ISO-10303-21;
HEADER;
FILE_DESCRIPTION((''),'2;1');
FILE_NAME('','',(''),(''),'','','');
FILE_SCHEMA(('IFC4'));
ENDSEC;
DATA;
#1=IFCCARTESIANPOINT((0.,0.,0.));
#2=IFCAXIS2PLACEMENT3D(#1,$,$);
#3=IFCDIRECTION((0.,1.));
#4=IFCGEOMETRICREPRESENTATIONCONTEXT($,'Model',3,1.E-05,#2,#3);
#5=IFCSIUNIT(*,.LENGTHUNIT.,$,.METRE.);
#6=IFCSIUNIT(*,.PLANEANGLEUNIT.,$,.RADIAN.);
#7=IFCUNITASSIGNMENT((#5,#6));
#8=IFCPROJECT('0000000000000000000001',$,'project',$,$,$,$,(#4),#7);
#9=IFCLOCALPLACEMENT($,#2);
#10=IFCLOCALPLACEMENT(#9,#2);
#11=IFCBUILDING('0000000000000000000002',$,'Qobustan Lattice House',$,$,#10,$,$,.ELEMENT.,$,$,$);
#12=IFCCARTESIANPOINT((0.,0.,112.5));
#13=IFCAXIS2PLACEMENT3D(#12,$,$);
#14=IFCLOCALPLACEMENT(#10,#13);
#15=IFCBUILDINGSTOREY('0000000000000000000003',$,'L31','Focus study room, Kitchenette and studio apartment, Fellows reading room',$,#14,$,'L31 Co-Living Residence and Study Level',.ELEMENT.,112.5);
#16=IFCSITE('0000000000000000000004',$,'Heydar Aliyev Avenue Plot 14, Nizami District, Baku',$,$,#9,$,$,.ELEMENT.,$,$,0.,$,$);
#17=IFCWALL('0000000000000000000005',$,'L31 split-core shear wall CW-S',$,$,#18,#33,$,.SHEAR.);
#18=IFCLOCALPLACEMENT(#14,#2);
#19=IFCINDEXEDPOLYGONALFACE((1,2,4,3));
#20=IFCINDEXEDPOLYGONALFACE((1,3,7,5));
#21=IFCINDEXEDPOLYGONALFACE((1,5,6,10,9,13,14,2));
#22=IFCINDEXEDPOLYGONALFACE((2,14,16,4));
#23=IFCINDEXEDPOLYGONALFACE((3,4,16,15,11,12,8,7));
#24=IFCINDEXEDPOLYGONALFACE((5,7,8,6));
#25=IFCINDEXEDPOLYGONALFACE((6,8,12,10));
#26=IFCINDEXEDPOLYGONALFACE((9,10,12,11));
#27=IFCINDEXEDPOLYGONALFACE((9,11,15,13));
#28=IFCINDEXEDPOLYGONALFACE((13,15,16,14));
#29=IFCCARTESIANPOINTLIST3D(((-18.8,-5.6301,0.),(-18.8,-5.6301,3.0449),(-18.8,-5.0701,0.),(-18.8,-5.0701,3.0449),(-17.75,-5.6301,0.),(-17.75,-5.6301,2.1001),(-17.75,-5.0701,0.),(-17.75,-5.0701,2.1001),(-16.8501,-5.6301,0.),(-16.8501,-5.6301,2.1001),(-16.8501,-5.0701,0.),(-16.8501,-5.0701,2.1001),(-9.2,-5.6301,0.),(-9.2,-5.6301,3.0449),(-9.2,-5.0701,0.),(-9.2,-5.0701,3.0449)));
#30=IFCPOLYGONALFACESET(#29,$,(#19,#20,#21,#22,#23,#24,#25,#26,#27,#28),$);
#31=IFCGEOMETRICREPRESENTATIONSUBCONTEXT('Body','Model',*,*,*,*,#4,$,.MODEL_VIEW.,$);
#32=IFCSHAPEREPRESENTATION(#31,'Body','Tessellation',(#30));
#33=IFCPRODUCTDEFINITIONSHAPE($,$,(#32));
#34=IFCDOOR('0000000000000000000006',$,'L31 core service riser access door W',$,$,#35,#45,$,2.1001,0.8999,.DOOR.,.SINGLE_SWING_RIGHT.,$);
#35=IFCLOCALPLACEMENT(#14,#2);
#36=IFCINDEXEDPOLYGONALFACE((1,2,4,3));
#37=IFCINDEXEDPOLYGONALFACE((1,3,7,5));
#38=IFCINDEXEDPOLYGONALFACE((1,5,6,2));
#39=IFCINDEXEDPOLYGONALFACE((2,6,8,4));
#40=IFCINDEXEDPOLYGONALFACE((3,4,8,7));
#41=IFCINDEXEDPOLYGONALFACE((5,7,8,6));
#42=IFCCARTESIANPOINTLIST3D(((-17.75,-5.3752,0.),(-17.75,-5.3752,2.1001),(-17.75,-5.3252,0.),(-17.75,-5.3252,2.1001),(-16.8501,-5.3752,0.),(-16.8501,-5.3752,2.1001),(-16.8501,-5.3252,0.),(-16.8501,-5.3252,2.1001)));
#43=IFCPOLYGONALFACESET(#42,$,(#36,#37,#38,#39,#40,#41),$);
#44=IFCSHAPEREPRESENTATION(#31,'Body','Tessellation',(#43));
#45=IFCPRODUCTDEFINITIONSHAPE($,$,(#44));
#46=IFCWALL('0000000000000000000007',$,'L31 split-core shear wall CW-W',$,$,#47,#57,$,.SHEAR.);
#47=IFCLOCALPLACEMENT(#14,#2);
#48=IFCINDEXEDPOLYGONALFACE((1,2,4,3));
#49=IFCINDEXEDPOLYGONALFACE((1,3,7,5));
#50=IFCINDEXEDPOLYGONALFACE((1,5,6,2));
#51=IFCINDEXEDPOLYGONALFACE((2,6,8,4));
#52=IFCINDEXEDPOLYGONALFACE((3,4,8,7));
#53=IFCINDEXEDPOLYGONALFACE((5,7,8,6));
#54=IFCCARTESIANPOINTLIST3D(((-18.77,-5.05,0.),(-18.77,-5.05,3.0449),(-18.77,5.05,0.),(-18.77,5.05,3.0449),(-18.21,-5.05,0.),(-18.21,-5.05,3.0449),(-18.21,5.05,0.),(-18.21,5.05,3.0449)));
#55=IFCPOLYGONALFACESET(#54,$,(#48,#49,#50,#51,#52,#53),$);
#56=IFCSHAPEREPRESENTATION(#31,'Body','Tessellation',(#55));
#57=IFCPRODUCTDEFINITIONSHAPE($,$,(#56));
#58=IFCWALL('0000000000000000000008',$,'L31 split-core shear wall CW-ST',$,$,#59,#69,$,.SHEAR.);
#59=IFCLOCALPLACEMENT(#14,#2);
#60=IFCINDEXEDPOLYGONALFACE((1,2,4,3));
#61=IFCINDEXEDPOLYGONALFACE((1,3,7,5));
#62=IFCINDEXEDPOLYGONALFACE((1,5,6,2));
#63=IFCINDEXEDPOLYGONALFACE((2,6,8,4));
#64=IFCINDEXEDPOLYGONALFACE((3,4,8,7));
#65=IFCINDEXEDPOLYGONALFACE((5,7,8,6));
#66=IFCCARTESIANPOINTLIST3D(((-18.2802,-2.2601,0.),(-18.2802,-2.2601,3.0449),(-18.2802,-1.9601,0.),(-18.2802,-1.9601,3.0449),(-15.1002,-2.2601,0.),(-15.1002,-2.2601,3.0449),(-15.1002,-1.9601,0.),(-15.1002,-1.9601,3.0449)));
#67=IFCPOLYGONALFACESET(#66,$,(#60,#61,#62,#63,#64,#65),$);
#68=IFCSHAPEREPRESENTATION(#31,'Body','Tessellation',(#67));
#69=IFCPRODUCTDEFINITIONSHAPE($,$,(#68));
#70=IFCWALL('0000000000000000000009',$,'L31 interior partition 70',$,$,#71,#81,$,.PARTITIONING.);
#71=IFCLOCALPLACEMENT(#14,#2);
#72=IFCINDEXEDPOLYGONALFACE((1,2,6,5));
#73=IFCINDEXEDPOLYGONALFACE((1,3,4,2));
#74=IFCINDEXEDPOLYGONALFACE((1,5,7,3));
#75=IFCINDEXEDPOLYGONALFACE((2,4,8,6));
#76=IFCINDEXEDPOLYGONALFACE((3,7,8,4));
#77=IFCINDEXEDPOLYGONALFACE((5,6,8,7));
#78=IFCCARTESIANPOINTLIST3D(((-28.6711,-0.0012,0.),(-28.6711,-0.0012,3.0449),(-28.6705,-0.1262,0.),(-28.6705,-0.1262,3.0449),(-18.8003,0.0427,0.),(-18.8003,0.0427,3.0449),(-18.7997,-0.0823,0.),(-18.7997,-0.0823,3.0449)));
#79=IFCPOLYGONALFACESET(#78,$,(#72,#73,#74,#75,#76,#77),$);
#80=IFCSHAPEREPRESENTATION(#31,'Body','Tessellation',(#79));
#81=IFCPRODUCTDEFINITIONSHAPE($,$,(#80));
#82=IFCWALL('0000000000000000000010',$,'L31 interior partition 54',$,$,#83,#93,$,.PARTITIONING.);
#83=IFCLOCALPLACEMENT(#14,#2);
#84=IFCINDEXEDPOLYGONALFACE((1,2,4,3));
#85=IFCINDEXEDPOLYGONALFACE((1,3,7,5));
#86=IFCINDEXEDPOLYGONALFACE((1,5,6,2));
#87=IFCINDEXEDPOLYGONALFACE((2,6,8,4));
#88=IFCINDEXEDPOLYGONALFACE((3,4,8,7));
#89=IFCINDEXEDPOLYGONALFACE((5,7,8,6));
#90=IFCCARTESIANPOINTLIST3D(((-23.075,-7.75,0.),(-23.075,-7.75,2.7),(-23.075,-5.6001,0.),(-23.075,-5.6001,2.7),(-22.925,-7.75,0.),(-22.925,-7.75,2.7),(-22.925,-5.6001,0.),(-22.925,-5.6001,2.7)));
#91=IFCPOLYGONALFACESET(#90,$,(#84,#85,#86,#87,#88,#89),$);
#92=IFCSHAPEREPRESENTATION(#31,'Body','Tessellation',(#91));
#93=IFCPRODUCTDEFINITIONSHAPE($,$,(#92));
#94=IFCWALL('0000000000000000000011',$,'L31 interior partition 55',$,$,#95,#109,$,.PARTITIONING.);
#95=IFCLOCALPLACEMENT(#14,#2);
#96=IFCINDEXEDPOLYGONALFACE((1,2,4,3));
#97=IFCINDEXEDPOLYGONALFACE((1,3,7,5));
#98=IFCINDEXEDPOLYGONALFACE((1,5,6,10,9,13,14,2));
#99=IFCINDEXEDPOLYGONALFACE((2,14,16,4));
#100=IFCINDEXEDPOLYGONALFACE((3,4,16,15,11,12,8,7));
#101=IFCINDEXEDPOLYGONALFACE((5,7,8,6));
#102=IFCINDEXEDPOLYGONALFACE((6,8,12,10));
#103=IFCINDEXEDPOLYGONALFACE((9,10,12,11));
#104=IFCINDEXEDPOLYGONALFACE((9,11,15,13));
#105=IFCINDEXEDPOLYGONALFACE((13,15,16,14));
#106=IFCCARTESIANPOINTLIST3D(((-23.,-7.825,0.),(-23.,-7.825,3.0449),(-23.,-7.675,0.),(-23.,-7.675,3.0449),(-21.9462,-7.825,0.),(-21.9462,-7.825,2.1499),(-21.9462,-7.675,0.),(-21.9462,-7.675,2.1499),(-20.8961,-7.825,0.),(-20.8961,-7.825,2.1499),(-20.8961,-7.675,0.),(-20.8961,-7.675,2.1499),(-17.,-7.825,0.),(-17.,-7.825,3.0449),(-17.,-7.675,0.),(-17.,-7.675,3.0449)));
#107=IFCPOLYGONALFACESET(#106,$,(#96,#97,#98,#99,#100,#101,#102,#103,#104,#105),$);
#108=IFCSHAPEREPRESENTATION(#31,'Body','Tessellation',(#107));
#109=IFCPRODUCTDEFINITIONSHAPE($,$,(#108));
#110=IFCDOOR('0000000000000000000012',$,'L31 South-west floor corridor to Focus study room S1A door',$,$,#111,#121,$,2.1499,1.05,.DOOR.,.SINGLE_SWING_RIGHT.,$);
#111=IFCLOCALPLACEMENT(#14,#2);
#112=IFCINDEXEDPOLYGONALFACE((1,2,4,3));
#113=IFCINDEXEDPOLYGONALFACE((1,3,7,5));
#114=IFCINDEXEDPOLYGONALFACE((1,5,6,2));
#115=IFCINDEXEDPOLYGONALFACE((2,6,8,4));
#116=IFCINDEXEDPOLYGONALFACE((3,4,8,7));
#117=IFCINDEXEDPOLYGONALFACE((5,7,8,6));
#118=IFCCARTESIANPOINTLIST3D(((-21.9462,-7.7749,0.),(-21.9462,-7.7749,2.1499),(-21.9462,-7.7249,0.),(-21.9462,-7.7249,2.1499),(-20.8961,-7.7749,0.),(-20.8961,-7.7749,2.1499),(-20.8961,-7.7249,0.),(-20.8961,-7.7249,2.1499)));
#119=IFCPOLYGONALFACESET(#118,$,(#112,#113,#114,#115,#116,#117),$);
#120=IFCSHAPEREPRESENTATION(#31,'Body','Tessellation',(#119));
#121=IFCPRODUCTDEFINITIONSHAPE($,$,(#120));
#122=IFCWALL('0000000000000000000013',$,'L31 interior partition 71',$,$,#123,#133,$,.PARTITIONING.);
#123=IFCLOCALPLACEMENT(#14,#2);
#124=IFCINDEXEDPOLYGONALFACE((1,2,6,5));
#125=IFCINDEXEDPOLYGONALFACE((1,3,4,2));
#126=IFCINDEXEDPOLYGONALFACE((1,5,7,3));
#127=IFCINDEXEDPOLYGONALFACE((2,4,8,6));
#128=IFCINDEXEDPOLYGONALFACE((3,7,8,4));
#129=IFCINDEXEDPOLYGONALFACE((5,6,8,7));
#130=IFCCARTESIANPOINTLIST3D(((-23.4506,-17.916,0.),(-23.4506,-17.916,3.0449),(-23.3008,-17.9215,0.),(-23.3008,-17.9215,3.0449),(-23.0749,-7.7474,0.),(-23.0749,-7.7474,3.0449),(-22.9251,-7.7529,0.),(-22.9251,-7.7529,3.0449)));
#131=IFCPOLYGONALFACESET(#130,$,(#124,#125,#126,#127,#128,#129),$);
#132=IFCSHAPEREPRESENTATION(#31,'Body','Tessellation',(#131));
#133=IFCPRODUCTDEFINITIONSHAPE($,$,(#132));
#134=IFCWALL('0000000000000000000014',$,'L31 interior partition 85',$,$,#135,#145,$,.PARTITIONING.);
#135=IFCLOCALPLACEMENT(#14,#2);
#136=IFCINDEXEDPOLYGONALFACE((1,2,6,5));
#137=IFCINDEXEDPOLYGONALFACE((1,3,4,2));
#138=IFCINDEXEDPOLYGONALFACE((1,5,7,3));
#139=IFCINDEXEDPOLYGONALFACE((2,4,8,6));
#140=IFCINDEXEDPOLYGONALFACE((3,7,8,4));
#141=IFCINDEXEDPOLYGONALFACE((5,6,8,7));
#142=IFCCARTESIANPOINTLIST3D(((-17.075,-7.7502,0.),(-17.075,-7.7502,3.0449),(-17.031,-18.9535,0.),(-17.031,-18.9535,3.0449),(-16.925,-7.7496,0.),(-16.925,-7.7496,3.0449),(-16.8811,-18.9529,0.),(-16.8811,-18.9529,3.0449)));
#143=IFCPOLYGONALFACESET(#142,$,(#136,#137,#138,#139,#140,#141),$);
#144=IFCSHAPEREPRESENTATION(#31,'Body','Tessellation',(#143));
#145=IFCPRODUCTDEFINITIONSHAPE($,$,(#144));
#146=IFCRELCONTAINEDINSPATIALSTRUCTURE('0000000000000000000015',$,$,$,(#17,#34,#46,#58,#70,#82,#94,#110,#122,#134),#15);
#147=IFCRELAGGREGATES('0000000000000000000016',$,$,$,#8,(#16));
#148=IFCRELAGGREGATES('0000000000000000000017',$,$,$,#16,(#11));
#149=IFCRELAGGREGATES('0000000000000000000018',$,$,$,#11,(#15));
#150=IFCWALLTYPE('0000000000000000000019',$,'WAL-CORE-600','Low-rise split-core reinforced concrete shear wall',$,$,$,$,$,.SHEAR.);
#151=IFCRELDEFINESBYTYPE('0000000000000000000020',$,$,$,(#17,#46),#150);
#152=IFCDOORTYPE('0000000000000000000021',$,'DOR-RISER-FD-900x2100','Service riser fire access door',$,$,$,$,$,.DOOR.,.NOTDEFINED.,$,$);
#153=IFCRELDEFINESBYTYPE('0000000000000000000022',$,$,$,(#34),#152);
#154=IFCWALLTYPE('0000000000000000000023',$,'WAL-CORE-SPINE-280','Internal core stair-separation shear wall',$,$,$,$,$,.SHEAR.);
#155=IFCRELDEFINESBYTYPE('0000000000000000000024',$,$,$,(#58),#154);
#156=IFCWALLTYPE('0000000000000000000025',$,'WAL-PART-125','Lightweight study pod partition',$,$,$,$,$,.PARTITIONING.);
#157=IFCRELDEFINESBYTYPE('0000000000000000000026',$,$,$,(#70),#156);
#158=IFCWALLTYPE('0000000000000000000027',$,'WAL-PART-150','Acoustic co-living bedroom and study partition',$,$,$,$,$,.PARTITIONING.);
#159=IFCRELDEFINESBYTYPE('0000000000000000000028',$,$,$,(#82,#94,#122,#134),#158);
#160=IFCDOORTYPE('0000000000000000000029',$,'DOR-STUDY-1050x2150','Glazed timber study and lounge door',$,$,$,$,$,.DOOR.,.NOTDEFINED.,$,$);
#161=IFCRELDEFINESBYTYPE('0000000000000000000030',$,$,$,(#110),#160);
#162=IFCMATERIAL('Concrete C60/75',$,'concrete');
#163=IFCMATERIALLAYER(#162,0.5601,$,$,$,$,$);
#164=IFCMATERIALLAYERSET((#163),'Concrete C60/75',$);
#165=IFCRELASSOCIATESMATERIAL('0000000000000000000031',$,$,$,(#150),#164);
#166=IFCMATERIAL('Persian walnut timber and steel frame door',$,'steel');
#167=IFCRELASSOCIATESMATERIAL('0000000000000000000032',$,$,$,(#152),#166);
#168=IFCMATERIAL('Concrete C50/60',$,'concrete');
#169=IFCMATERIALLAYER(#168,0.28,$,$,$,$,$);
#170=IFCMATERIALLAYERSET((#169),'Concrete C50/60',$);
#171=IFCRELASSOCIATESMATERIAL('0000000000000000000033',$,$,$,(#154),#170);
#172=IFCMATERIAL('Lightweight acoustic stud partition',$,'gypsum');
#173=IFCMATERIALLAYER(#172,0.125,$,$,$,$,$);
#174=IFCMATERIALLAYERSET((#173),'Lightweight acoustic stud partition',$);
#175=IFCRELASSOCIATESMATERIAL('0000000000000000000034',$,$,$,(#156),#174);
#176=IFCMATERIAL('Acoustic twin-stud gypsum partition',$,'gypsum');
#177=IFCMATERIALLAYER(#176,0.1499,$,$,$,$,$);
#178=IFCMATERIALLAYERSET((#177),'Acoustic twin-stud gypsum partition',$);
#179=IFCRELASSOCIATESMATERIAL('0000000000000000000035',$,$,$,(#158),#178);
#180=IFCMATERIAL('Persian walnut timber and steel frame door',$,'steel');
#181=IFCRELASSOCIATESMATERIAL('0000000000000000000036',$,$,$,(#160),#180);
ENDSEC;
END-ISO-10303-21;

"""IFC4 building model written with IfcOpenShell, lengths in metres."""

from ifc_helpers import new_model, si_unit, direction, frame, frame_2d, origin, place, context, subcontext, project, spatial, rectangle, extrude, material, layer, layer_set, type_object, element, fill, save


model = new_model("IFC4")

# Units and contexts
model_context = context("Model", 3, precision=1e-05, world=origin(), true_north=direction((0.0, 1.0)))
body_context = subcontext(model_context, "Body", "Model", "MODEL_VIEW")
ifc_project = project(units=[si_unit("LENGTHUNIT", "METRE"), si_unit("PLANEANGLEUNIT", "RADIAN")], contexts=[model_context])

# Site, building, storey
site_placement = place(None, origin())
site = spatial("IfcSite", under=ifc_project, at=site_placement, Name="Heydar Aliyev Avenue Plot 14, Nizami District, Baku", CompositionType="ELEMENT", RefElevation=0.0)
building_placement = place(site_placement, origin())
building = spatial("IfcBuilding", under=site, at=building_placement, Name="Qobustan Lattice House", CompositionType="ELEMENT")
storey_placement = place(building_placement, frame((0.0, 0.0, 112.5)))
storey = spatial("IfcBuildingStorey", under=building, at=storey_placement, Name="L31", Description="Focus study room, Kitchenette and studio apartment, Fellows reading room", LongName="L31 Co-Living Residence and Study Level", CompositionType="ELEMENT", Elevation=112.5)

# Wall, opening, door
ifc_material_1 = material(Name="Concrete C60/75", Category="concrete")
ifc_layer_1 = layer(ifc_material_1, 0.5601)
ifc_layer_set_1 = layer_set([ifc_layer_1], Name="Concrete C60/75")
wall_type_1 = type_object("IfcWallType", Name="WAL-CORE-600", Description="Low-rise split-core reinforced concrete shear wall", PredefinedType="SHEAR", material=ifc_layer_set_1)
wall_1_placement = place(storey_placement, frame((-18.8, -5.3501, 0.0), z_axis=(0.0, 0.0, 1.0), x_axis=(1.0, 0.0, 0.0)))
wall_1 = element("IfcWall", 1, at=wall_1_placement, inside=storey, type_object=wall_type_1, Name="L31 split-core shear wall CW-S", PredefinedType="SHEAR", context=body_context, shape_type="SweptSolid", body=[
    extrude(rectangle(XDim=9.6001, YDim=0.5601, at=frame_2d((4.8, 0.0))), origin(), (0.0, 0.0, 1.0), 3.0449),
])
opening_1_placement = place(wall_1_placement, frame((1.05, 0.0, 0.0)))
opening_1 = element("IfcOpeningElement", 2, at=opening_1_placement, cuts=wall_1, PredefinedType="OPENING", context=body_context, shape_type="SweptSolid", body=[
    extrude(rectangle(XDim=0.8999, YDim=2.1001, at=frame_2d((0.45, 1.05))), frame((0.0, 0.29, 0.0), z_axis=(0.0, -1.0, 0.0), x_axis=(1.0, 0.0, 0.0)), (0.0, 0.0, 1.0), 0.5801),
])
ifc_material_2 = material(Name="Persian walnut timber and steel frame door", Category="steel")
door_type_1 = type_object("IfcDoorType", Name="DOR-RISER-FD-900x2100", Description="Service riser fire access door", OperationType="NOTDEFINED", PredefinedType="DOOR", material=ifc_material_2)
door_1_placement = place(opening_1_placement, origin())
door_1 = element("IfcDoor", 3, at=door_1_placement, inside=storey, type_object=door_type_1, Name="L31 core service riser access door W", OperationType="SINGLE_SWING_RIGHT", OverallHeight=2.1001, OverallWidth=0.8999, PredefinedType="DOOR", context=body_context, shape_type="SweptSolid", body=[
    extrude(rectangle(XDim=0.8999, YDim=2.1001, at=frame_2d((0.45, 1.05))), frame((0.0, 0.0249, 0.0), z_axis=(0.0, -1.0, 0.0), x_axis=(1.0, 0.0, 0.0)), (0.0, 0.0, 1.0), 0.05),
])
fill(opening_1, door_1)

# Walls
wall_2_placement = place(storey_placement, frame((-18.49, -5.05, 0.0), z_axis=(0.0, 0.0, 1.0), x_axis=(0.0, 1.0, 0.0)))
element("IfcWall", 4, at=wall_2_placement, inside=storey, type_object=wall_type_1, Name="L31 split-core shear wall CW-W", PredefinedType="SHEAR", context=body_context, shape_type="SweptSolid", body=[
    extrude(rectangle(XDim=10.1001, YDim=0.5601, at=frame_2d((5.05, 0.0))), origin(), (0.0, 0.0, 1.0), 3.0449),
])
ifc_material_3 = material(Name="Concrete C50/60", Category="concrete")
ifc_layer_2 = layer(ifc_material_3, 0.28)
ifc_layer_set_2 = layer_set([ifc_layer_2], Name="Concrete C50/60")
wall_type_2 = type_object("IfcWallType", Name="WAL-CORE-SPINE-280", Description="Internal core stair-separation shear wall", PredefinedType="SHEAR", material=ifc_layer_set_2)
wall_3_placement = place(storey_placement, frame((-18.28, -2.1101, 0.0), z_axis=(0.0, 0.0, 1.0), x_axis=(1.0, 0.0, 0.0)))
element("IfcWall", 5, at=wall_3_placement, inside=storey, type_object=wall_type_2, Name="L31 split-core shear wall CW-ST", PredefinedType="SHEAR", context=body_context, shape_type="SweptSolid", body=[
    extrude(rectangle(XDim=3.1799, YDim=0.3, at=frame_2d((1.5898, 0.0))), origin(), (0.0, 0.0, 1.0), 3.0449),
])
ifc_material_4 = material(Name="Lightweight acoustic stud partition", Category="gypsum")
ifc_layer_3 = layer(ifc_material_4, 0.125)
ifc_layer_set_3 = layer_set([ifc_layer_3], Name="Lightweight acoustic stud partition")
wall_type_3 = type_object("IfcWallType", Name="WAL-PART-125", Description="Lightweight study pod partition", PredefinedType="PARTITIONING", material=ifc_layer_set_3)
wall_4_placement = place(storey_placement, frame((-28.6709, -0.0637, 0.0), z_axis=(0.0, 0.0, 1.0), x_axis=(0.99999, 0.004452, 0.0)))
element("IfcWall", 6, at=wall_4_placement, inside=storey, type_object=wall_type_3, Name="L31 interior partition 70", PredefinedType="PARTITIONING", context=body_context, shape_type="SweptSolid", body=[
    extrude(rectangle(XDim=9.8708, YDim=0.125, at=frame_2d((4.9355, 0.0))), origin(), (0.0, 0.0, 1.0), 3.0449),
])

# Shared definitions
ifc_material_5 = material(Name="Acoustic twin-stud gypsum partition", Category="gypsum")
ifc_layer_4 = layer(ifc_material_5, 0.1499)
ifc_layer_set_4 = layer_set([ifc_layer_4], Name="Acoustic twin-stud gypsum partition")
wall_type_4 = type_object("IfcWallType", Name="WAL-PART-150", Description="Acoustic co-living bedroom and study partition", PredefinedType="PARTITIONING", material=ifc_layer_set_4)
ifc_material_6 = material(Name="Persian walnut timber and steel frame door", Category="steel")
door_type_2 = type_object("IfcDoorType", Name="DOR-STUDY-1050x2150", Description="Glazed timber study and lounge door", OperationType="NOTDEFINED", PredefinedType="DOOR", material=ifc_material_6)

# Wall
wall_5_placement = place(storey_placement, frame((-23.0, -7.75, 0.0), z_axis=(0.0, 0.0, 1.0), x_axis=(0.0, 1.0, 0.0)))
element("IfcWall", 7, at=wall_5_placement, inside=storey, type_object=wall_type_4, Name="L31 interior partition 54", PredefinedType="PARTITIONING", context=body_context, shape_type="SweptSolid", body=[
    extrude(rectangle(XDim=2.1499, YDim=0.1499, at=frame_2d((1.075, 0.0))), origin(), (0.0, 0.0, 1.0), 2.7),
])

# Wall, opening, door
wall_6_placement = place(storey_placement, frame((-17.0, -7.75, 0.0), z_axis=(0.0, 0.0, 1.0), x_axis=(-1.0, 0.0, 0.0)))
wall_6 = element("IfcWall", 8, at=wall_6_placement, inside=storey, type_object=wall_type_4, Name="L31 interior partition 55", PredefinedType="PARTITIONING", context=body_context, shape_type="SweptSolid", body=[
    extrude(rectangle(XDim=6.0, YDim=0.1499, at=frame_2d((3.0, 0.0))), origin(), (0.0, 0.0, 1.0), 3.0449),
])
opening_2_placement = place(wall_6_placement, frame((3.8962, 0.0, 0.0)))
opening_2 = element("IfcOpeningElement", 9, at=opening_2_placement, cuts=wall_6, PredefinedType="OPENING", context=body_context, shape_type="SweptSolid", body=[
    extrude(rectangle(XDim=1.05, YDim=2.1499, at=frame_2d((0.5249, 1.075))), frame((0.0, 0.085, 0.0), z_axis=(0.0, -1.0, 0.0), x_axis=(1.0, 0.0, 0.0)), (0.0, 0.0, 1.0), 0.1699),
])
door_2_placement = place(opening_2_placement, origin())
door_2 = element("IfcDoor", 10, at=door_2_placement, inside=storey, type_object=door_type_2, Name="L31 South-west floor corridor to Focus study room S1A door", OperationType="SINGLE_SWING_RIGHT", OverallHeight=2.1499, OverallWidth=1.05, PredefinedType="DOOR", context=body_context, shape_type="SweptSolid", body=[
    extrude(rectangle(XDim=1.05, YDim=2.1499, at=frame_2d((0.5249, 1.075))), frame((0.0, 0.0249, 0.0), z_axis=(0.0, -1.0, 0.0), x_axis=(1.0, 0.0, 0.0)), (0.0, 0.0, 1.0), 0.05),
])
fill(opening_2, door_2)

# Walls
wall_7_placement = place(storey_placement, frame((-23.0, -7.75, 0.0), z_axis=(0.0, 0.0, 1.0), x_axis=(-0.036925, -0.999318, 0.0)))
element("IfcWall", 11, at=wall_7_placement, inside=storey, type_object=wall_type_4, Name="L31 interior partition 71", PredefinedType="PARTITIONING", context=body_context, shape_type="SweptSolid", body=[
    extrude(rectangle(XDim=10.1755, YDim=0.1499, at=frame_2d((5.0879, 0.0))), origin(), (0.0, 0.0, 1.0), 3.0449),
])
wall_8_placement = place(storey_placement, frame((-17.0, -7.75, 0.0), z_axis=(0.0, 0.0, 1.0), x_axis=(0.003922, -0.999992, 0.0)))
element("IfcWall", 12, at=wall_8_placement, inside=storey, type_object=wall_type_4, Name="L31 interior partition 85", PredefinedType="PARTITIONING", context=body_context, shape_type="SweptSolid", body=[
    extrude(rectangle(XDim=11.2034, YDim=0.1499, at=frame_2d((5.6016, 0.0))), origin(), (0.0, 0.0, 1.0), 3.0449),
])

save(model, "model.ifc")
